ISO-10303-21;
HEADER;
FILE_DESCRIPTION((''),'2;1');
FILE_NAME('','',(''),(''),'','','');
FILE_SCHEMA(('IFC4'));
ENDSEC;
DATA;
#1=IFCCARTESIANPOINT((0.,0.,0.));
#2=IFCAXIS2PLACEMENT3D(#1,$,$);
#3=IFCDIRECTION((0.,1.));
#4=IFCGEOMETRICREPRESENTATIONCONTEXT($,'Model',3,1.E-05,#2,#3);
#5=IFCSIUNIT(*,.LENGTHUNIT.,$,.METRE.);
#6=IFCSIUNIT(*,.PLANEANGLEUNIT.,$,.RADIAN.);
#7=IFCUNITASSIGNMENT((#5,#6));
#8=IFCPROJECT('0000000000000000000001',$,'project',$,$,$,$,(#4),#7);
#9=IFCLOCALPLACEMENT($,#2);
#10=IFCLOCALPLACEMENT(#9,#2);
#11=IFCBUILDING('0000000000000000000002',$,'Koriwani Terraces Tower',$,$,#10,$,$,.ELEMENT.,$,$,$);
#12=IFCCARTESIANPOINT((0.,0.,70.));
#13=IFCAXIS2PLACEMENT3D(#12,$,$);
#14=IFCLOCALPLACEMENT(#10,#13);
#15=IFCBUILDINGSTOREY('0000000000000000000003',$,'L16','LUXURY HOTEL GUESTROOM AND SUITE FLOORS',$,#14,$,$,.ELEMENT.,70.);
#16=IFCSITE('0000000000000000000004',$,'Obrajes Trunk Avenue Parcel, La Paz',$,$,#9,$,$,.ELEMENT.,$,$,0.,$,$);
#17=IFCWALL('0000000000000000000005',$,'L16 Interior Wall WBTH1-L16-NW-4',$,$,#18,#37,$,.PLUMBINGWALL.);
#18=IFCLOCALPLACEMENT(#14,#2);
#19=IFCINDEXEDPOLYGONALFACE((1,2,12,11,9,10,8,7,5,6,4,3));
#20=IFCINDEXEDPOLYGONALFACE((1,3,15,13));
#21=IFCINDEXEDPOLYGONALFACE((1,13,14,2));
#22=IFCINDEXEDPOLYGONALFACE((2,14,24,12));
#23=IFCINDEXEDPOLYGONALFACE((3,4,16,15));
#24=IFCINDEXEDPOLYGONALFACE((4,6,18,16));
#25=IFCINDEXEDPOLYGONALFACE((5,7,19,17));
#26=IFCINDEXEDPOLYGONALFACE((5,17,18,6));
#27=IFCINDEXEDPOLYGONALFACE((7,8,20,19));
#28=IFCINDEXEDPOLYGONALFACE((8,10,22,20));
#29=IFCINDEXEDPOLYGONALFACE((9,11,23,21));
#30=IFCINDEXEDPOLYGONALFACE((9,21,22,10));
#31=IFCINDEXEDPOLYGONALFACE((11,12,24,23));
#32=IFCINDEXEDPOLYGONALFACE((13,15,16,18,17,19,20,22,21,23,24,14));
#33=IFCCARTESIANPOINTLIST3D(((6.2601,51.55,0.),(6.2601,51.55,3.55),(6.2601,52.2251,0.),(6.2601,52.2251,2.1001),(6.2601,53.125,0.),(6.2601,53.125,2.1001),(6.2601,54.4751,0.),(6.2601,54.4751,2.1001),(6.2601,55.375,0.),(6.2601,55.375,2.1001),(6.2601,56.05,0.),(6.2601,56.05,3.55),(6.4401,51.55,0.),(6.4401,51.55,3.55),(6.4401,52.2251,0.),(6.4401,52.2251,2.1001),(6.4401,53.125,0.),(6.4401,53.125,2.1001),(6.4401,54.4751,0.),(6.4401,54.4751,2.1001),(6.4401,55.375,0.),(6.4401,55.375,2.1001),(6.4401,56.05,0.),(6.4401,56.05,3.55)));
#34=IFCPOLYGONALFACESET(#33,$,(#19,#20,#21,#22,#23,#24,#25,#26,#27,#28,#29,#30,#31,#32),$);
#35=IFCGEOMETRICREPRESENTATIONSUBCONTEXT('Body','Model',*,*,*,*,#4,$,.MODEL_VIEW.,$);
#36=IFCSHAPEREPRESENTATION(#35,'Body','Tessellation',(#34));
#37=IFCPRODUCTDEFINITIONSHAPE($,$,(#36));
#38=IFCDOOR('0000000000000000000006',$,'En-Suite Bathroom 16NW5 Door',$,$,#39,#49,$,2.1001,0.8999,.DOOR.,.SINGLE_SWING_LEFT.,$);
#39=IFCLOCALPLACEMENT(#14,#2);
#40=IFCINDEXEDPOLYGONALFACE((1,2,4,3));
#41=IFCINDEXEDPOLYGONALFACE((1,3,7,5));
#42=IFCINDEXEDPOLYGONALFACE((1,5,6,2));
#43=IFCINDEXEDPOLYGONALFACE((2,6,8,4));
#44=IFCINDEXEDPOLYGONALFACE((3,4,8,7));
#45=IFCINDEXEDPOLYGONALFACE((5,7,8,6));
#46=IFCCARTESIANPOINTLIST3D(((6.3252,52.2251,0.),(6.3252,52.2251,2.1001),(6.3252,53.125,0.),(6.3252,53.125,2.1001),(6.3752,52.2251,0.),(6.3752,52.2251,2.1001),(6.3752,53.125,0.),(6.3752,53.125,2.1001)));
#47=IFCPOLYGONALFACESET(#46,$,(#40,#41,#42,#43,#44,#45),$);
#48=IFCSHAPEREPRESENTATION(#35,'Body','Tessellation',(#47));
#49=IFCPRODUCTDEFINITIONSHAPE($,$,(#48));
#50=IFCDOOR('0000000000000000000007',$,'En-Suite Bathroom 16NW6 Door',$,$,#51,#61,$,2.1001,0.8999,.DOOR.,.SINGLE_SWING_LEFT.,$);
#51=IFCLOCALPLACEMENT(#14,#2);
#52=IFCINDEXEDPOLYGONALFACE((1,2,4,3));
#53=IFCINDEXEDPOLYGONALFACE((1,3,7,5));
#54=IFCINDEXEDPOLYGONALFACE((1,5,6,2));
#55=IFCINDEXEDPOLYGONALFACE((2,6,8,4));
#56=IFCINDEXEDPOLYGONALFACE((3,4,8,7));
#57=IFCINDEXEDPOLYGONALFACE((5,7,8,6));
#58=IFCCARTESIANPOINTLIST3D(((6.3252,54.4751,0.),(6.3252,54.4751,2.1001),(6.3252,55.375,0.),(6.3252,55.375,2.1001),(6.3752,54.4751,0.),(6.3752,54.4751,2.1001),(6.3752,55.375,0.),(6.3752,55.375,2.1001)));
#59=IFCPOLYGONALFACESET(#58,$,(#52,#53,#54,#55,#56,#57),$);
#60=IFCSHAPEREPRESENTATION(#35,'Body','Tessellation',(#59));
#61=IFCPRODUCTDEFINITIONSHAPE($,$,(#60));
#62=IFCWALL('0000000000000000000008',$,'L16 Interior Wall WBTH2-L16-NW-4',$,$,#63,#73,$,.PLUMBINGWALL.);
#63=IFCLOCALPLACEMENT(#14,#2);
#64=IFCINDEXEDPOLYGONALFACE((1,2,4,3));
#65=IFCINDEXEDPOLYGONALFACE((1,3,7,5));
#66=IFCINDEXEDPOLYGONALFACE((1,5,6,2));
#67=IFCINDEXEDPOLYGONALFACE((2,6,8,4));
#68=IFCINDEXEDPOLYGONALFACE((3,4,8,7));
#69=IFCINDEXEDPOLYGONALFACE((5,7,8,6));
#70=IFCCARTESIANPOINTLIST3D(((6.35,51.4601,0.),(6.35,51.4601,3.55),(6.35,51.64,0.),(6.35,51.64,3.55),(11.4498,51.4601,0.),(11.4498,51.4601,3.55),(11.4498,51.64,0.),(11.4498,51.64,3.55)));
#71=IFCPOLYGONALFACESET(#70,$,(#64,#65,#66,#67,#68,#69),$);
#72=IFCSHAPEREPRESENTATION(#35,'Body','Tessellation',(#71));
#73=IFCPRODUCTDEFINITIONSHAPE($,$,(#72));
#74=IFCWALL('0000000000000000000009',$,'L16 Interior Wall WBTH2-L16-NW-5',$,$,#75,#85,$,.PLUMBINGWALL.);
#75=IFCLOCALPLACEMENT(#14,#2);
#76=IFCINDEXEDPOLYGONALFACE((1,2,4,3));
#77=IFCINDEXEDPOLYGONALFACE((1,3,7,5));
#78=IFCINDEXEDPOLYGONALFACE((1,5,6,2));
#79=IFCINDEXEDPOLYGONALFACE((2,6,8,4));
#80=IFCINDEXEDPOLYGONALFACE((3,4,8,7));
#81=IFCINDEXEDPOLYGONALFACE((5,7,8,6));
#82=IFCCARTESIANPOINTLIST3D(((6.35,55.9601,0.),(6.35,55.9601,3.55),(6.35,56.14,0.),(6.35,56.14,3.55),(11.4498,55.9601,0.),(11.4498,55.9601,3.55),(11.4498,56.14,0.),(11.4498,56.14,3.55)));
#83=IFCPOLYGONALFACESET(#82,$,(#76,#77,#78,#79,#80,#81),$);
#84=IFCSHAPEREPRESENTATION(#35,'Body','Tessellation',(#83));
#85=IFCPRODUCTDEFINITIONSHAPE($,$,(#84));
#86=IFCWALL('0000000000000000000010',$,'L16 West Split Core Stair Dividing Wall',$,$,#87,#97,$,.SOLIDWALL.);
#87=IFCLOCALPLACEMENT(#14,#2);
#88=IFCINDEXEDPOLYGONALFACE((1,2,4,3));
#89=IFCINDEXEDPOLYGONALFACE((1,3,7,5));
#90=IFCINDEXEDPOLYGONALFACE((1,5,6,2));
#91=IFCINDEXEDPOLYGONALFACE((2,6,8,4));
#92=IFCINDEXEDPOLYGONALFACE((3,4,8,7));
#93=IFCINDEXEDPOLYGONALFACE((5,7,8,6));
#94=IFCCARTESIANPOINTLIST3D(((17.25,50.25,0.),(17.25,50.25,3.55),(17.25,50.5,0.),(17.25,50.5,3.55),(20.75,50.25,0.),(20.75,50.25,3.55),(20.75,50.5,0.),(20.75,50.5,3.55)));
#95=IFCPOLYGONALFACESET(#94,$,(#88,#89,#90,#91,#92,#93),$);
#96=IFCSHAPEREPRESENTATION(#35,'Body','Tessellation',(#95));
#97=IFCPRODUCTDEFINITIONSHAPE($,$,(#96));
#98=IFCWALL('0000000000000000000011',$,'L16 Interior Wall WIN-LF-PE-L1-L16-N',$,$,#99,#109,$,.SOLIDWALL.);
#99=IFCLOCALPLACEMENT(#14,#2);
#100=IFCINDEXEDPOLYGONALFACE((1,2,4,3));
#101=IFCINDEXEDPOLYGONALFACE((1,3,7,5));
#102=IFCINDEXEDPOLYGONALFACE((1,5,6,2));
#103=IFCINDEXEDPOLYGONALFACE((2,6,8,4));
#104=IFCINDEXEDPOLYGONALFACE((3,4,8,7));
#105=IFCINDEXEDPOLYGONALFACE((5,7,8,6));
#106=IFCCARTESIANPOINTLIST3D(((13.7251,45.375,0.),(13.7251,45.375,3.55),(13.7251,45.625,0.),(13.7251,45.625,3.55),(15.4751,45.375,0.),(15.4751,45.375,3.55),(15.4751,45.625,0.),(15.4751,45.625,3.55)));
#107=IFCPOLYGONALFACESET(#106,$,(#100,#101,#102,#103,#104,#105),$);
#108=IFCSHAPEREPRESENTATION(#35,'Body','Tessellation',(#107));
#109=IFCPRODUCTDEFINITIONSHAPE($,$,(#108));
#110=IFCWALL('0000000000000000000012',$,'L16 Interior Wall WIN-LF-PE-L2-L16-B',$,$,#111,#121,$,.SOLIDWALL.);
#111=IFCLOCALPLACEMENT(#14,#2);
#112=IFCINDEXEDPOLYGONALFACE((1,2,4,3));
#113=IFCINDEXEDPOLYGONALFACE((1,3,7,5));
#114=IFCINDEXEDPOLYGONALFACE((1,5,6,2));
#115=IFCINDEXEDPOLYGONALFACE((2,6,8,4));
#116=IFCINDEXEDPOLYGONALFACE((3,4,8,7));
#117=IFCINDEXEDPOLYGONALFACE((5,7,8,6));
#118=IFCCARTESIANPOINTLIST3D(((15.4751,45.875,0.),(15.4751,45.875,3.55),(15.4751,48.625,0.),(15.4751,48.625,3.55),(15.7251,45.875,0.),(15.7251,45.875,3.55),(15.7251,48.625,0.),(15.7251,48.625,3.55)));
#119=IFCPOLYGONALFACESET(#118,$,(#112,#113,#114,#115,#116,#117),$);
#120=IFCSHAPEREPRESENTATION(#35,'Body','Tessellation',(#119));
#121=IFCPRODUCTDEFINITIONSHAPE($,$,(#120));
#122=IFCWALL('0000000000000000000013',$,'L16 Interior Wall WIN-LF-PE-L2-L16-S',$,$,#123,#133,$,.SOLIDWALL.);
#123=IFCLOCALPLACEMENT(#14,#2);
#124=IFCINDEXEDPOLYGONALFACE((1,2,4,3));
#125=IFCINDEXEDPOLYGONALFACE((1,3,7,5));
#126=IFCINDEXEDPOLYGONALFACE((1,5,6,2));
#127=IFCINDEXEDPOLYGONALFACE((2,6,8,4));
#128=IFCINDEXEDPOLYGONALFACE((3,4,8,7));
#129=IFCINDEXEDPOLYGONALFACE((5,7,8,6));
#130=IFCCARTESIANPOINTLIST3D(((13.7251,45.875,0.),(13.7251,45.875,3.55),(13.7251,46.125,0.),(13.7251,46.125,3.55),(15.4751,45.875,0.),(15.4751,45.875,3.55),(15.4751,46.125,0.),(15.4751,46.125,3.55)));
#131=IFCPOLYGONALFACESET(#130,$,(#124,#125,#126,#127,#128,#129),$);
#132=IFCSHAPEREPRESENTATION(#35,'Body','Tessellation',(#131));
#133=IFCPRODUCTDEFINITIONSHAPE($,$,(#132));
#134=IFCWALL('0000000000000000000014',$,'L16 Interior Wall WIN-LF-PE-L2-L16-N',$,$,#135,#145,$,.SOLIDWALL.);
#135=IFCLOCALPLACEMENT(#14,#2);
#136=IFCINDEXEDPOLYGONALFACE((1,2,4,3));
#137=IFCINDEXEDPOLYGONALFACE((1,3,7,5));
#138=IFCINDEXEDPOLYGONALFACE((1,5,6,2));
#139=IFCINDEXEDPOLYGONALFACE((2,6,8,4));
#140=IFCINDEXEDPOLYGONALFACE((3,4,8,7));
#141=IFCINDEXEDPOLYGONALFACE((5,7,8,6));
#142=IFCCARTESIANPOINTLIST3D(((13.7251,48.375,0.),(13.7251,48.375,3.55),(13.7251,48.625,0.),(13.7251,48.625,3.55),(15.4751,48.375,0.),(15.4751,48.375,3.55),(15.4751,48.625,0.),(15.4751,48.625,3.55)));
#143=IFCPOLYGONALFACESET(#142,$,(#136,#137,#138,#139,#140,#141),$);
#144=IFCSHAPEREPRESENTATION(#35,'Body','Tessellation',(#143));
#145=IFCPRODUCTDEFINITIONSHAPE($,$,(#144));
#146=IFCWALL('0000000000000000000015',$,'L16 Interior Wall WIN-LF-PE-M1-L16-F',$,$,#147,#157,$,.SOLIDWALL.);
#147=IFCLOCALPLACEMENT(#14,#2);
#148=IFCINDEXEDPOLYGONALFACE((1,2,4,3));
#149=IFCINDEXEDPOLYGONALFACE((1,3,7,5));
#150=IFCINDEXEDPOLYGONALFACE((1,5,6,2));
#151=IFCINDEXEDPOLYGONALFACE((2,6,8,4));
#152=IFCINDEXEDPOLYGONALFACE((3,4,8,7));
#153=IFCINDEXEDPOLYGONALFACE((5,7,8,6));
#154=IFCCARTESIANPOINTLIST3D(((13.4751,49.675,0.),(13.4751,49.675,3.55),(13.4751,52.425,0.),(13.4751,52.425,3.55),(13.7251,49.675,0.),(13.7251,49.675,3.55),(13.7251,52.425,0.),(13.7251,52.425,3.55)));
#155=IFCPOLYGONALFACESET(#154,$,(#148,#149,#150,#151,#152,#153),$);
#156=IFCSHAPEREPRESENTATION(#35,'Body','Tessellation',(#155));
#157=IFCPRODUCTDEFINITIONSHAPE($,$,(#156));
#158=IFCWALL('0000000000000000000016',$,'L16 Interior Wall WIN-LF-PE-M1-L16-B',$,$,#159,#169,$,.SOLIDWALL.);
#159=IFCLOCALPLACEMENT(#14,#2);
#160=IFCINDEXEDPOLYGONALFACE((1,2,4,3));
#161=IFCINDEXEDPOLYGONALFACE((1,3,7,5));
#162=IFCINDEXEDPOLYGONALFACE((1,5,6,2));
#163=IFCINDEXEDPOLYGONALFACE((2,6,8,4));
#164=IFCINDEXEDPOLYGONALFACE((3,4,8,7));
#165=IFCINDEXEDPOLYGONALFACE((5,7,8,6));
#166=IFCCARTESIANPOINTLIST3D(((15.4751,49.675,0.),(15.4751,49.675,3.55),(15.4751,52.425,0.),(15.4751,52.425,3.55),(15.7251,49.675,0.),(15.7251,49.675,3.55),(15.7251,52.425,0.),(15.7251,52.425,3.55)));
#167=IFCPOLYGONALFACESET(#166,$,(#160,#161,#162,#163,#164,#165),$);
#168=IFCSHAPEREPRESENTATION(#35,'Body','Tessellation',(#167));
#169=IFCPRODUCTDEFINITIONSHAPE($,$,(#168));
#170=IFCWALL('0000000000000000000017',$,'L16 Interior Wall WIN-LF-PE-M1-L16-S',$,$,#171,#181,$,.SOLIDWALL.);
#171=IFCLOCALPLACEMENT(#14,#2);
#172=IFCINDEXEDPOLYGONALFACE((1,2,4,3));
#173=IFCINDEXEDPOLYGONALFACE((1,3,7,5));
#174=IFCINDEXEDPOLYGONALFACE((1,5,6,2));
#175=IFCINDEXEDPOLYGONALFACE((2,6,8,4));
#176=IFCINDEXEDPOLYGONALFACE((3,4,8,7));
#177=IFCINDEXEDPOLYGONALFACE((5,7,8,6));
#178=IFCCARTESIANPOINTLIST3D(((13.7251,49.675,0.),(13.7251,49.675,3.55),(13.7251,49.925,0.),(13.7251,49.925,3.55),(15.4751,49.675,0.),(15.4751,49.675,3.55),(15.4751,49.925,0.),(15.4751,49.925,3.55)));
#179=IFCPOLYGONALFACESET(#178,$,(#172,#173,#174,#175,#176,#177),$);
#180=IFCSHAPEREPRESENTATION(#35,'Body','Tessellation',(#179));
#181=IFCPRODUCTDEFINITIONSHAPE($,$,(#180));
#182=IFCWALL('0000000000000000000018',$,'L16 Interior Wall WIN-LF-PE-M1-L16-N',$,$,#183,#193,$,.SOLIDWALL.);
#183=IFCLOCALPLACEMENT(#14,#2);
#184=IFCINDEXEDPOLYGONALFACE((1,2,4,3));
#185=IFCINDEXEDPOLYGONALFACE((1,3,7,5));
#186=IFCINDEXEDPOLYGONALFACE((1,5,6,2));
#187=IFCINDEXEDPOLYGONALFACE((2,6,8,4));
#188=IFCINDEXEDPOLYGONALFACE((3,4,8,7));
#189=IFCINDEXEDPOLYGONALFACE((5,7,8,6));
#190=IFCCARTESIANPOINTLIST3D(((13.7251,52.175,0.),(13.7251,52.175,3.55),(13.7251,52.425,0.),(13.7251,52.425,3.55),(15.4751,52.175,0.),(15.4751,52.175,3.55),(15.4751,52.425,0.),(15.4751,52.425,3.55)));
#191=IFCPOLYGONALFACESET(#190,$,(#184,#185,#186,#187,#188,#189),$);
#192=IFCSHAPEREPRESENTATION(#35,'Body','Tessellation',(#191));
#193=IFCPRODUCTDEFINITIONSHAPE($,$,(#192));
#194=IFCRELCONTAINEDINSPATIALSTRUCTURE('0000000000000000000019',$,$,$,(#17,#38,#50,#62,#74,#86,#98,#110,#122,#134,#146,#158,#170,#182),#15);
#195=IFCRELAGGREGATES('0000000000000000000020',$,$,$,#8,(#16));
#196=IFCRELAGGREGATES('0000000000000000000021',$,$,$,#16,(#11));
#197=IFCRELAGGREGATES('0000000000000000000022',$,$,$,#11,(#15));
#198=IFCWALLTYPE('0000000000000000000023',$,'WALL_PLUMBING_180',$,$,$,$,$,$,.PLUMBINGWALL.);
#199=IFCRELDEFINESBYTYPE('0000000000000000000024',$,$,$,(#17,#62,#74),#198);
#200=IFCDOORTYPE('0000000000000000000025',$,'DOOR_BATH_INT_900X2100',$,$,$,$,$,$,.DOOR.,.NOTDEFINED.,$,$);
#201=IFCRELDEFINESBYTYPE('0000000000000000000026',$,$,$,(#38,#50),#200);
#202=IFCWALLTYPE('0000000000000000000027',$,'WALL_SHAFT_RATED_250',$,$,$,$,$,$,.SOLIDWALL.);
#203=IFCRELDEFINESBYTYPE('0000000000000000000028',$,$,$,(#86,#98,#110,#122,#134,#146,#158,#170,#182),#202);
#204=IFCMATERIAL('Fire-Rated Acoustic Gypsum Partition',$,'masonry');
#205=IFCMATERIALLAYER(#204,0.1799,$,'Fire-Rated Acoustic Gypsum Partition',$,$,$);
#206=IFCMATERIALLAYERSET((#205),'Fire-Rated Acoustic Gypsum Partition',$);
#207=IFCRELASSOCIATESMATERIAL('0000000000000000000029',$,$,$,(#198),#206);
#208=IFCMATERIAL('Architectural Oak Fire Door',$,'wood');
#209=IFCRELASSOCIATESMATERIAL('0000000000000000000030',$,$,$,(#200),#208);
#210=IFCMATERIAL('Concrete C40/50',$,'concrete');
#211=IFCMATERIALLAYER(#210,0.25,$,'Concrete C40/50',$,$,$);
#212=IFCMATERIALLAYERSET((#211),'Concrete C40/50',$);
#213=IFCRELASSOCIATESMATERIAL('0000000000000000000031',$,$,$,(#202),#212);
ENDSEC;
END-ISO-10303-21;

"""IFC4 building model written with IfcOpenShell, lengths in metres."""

from ifc_helpers import new_model, si_unit, direction, frame, frame_2d, origin, place, context, subcontext, project, spatial, rectangle, extrude, material, layer, layer_set, type_object, element, fill, save


model = new_model("IFC4")

# Units and contexts
model_context = context("Model", 3, precision=1e-05, world=origin(), true_north=direction((0.0, 1.0)))
body_context = subcontext(model_context, "Body", "Model", "MODEL_VIEW")
ifc_project = project(units=[si_unit("LENGTHUNIT", "METRE"), si_unit("PLANEANGLEUNIT", "RADIAN")], contexts=[model_context])

# Site, building, storey
site_placement = place(None, origin())
site = spatial("IfcSite", under=ifc_project, at=site_placement, Name="Obrajes Trunk Avenue Parcel, La Paz", CompositionType="ELEMENT", RefElevation=0.0)
building_placement = place(site_placement, origin())
building = spatial("IfcBuilding", under=site, at=building_placement, Name="Koriwani Terraces Tower", CompositionType="ELEMENT")
storey_placement = place(building_placement, frame((0.0, 0.0, 70.0)))
storey = spatial("IfcBuildingStorey", under=building, at=storey_placement, Name="L16", Description="LUXURY HOTEL GUESTROOM AND SUITE FLOORS", CompositionType="ELEMENT", Elevation=70.0)

# Shared definitions
ifc_material_1 = material(Name="Concrete C40/50", Category="concrete")

# Wall, openings, doors
ifc_material_2 = material(Name="Fire-Rated Acoustic Gypsum Partition", Category="masonry")
ifc_layer_1 = layer(ifc_material_2, 0.1799, Name="Fire-Rated Acoustic Gypsum Partition")
ifc_layer_set_1 = layer_set([ifc_layer_1], Name="Fire-Rated Acoustic Gypsum Partition")
wall_type_1 = type_object("IfcWallType", Name="WALL_PLUMBING_180", PredefinedType="PLUMBINGWALL", material=ifc_layer_set_1)
wall_1_placement = place(storey_placement, frame((6.3501, 51.55, 0.0), z_axis=(0.0, 0.0, 1.0), x_axis=(0.0, 1.0, 0.0)))
wall_1 = element("IfcWall", 1, at=wall_1_placement, inside=storey, type_object=wall_type_1, Name="L16 Interior Wall WBTH1-L16-NW-4", PredefinedType="PLUMBINGWALL", context=body_context, shape_type="SweptSolid", body=[
    extrude(rectangle(XDim=4.5, YDim=0.1799, at=frame_2d((2.25, 0.0))), origin(), (0.0, 0.0, 1.0), 3.55),
])
opening_1_placement = place(wall_1_placement, frame((0.675, 0.0, 0.0)))
opening_1 = element("IfcOpeningElement", 2, at=opening_1_placement, cuts=wall_1, PredefinedType="OPENING", context=body_context, shape_type="SweptSolid", body=[
    extrude(rectangle(XDim=0.8999, YDim=2.1001, at=frame_2d((0.45, 1.05))), frame((0.0, 0.1001, 0.0), z_axis=(0.0, -1.0, 0.0), x_axis=(1.0, 0.0, 0.0)), (0.0, 0.0, 1.0), 0.2),
])
opening_2_placement = place(wall_1_placement, frame((2.925, 0.0, 0.0)))
opening_2 = element("IfcOpeningElement", 3, at=opening_2_placement, cuts=wall_1, PredefinedType="OPENING", context=body_context, shape_type="SweptSolid", body=[
    extrude(rectangle(XDim=0.8999, YDim=2.1001, at=frame_2d((0.45, 1.05))), frame((0.0, 0.1001, 0.0), z_axis=(0.0, -1.0, 0.0), x_axis=(1.0, 0.0, 0.0)), (0.0, 0.0, 1.0), 0.2),
])
ifc_material_3 = material(Name="Architectural Oak Fire Door", Category="wood")
door_type_1 = type_object("IfcDoorType", Name="DOOR_BATH_INT_900X2100", OperationType="NOTDEFINED", PredefinedType="DOOR", material=ifc_material_3)
door_1_placement = place(opening_1_placement, origin())
door_1 = element("IfcDoor", 4, at=door_1_placement, inside=storey, type_object=door_type_1, Name="En-Suite Bathroom 16NW5 Door", OperationType="SINGLE_SWING_LEFT", OverallHeight=2.1001, OverallWidth=0.8999, PredefinedType="DOOR", context=body_context, shape_type="SweptSolid", body=[
    extrude(rectangle(XDim=0.8999, YDim=2.1001, at=frame_2d((0.45, 1.05))), frame((0.0, 0.0249, 0.0), z_axis=(0.0, -1.0, 0.0), x_axis=(1.0, 0.0, 0.0)), (0.0, 0.0, 1.0), 0.05),
])
fill(opening_1, door_1)
door_2_placement = place(opening_2_placement, origin())
door_2 = element("IfcDoor", 5, at=door_2_placement, inside=storey, type_object=door_type_1, Name="En-Suite Bathroom 16NW6 Door", OperationType="SINGLE_SWING_LEFT", OverallHeight=2.1001, OverallWidth=0.8999, PredefinedType="DOOR", context=body_context, shape_type="SweptSolid", body=[
    extrude(rectangle(XDim=0.8999, YDim=2.1001, at=frame_2d((0.45, 1.05))), frame((0.0, 0.0249, 0.0), z_axis=(0.0, -1.0, 0.0), x_axis=(1.0, 0.0, 0.0)), (0.0, 0.0, 1.0), 0.05),
])
fill(opening_2, door_2)

# Walls
for number, where, z_axis, x_axis, name in (
    (6, (6.3501, 51.55, 0.0), (0.0, 0.0, 1.0), (1.0, 0.0, 0.0), "L16 Interior Wall WBTH2-L16-NW-4"),
    (7, (6.3501, 56.05, 0.0), (0.0, 0.0, 1.0), (1.0, 0.0, 0.0), "L16 Interior Wall WBTH2-L16-NW-5"),
):
    element("IfcWall", number, at=place(storey_placement, frame(where, z_axis=z_axis, x_axis=x_axis)), inside=storey, type_object=wall_type_1, Name=name, PredefinedType="PLUMBINGWALL", context=body_context, shape_type="SweptSolid", body=[
        extrude(rectangle(XDim=5.0999, YDim=0.1799, at=frame_2d((2.5498, 0.0))), origin(), (0.0, 0.0, 1.0), 3.55),
    ])
ifc_layer_2 = layer(ifc_material_1, 0.25, Name="Concrete C40/50")
ifc_layer_set_2 = layer_set([ifc_layer_2], Name="Concrete C40/50")
wall_type_2 = type_object("IfcWallType", Name="WALL_SHAFT_RATED_250", PredefinedType="SOLIDWALL", material=ifc_layer_set_2)
wall_2_placement = place(storey_placement, frame((17.25, 50.375, 0.0), z_axis=(0.0, 0.0, 1.0), x_axis=(1.0, 0.0, 0.0)))
element("IfcWall", 8, at=wall_2_placement, inside=storey, type_object=wall_type_2, Name="L16 West Split Core Stair Dividing Wall", PredefinedType="SOLIDWALL", context=body_context, shape_type="SweptSolid", body=[
    extrude(rectangle(XDim=3.5, YDim=0.25, at=frame_2d((1.75, 0.0))), origin(), (0.0, 0.0, 1.0), 3.55),
])

# Wall
wall_3_placement = place(storey_placement, frame((13.7251, 45.5, 0.0), z_axis=(0.0, 0.0, 1.0), x_axis=(1.0, 0.0, 0.0)))
element("IfcWall", 9, at=wall_3_placement, inside=storey, type_object=wall_type_2, Name="L16 Interior Wall WIN-LF-PE-L1-L16-N", PredefinedType="SOLIDWALL", context=body_context, shape_type="SweptSolid", body=[
    extrude(rectangle(XDim=1.75, YDim=0.25, at=frame_2d((0.875, 0.0))), origin(), (0.0, 0.0, 1.0), 3.55),
])

# Walls
wall_4_placement = place(storey_placement, frame((15.6001, 45.875, 0.0), z_axis=(0.0, 0.0, 1.0), x_axis=(0.0, 1.0, 0.0)))
element("IfcWall", 10, at=wall_4_placement, inside=storey, type_object=wall_type_2, Name="L16 Interior Wall WIN-LF-PE-L2-L16-B", PredefinedType="SOLIDWALL", context=body_context, shape_type="SweptSolid", body=[
    extrude(rectangle(XDim=2.75, YDim=0.25, at=frame_2d((1.375, 0.0))), origin(), (0.0, 0.0, 1.0), 3.55),
])
for number, where, z_axis, x_axis, name in (
    (11, (13.7251, 46.0, 0.0), (0.0, 0.0, 1.0), (1.0, 0.0, 0.0), "L16 Interior Wall WIN-LF-PE-L2-L16-S"),
    (12, (13.7251, 48.5, 0.0), (0.0, 0.0, 1.0), (1.0, 0.0, 0.0), "L16 Interior Wall WIN-LF-PE-L2-L16-N"),
):
    element("IfcWall", number, at=place(storey_placement, frame(where, z_axis=z_axis, x_axis=x_axis)), inside=storey, type_object=wall_type_2, Name=name, PredefinedType="SOLIDWALL", context=body_context, shape_type="SweptSolid", body=[
        extrude(rectangle(XDim=1.75, YDim=0.25, at=frame_2d((0.875, 0.0))), origin(), (0.0, 0.0, 1.0), 3.55),
    ])
for number, where, z_axis, x_axis, name in (
    (13, (13.6001, 49.675, 0.0), (0.0, 0.0, 1.0), (0.0, 1.0, 0.0), "L16 Interior Wall WIN-LF-PE-M1-L16-F"),
    (14, (15.6001, 49.675, 0.0), (0.0, 0.0, 1.0), (0.0, 1.0, 0.0), "L16 Interior Wall WIN-LF-PE-M1-L16-B"),
):
    element("IfcWall", number, at=place(storey_placement, frame(where, z_axis=z_axis, x_axis=x_axis)), inside=storey, type_object=wall_type_2, Name=name, PredefinedType="SOLIDWALL", context=body_context, shape_type="SweptSolid", body=[
        extrude(rectangle(XDim=2.75, YDim=0.25, at=frame_2d((1.375, 0.0))), origin(), (0.0, 0.0, 1.0), 3.55),
    ])
for number, where, z_axis, x_axis, name in (
    (15, (13.7251, 49.8, 0.0), (0.0, 0.0, 1.0), (1.0, 0.0, 0.0), "L16 Interior Wall WIN-LF-PE-M1-L16-S"),
    (16, (13.7251, 52.3, 0.0), (0.0, 0.0, 1.0), (1.0, 0.0, 0.0), "L16 Interior Wall WIN-LF-PE-M1-L16-N"),
):
    element("IfcWall", number, at=place(storey_placement, frame(where, z_axis=z_axis, x_axis=x_axis)), inside=storey, type_object=wall_type_2, Name=name, PredefinedType="SOLIDWALL", context=body_context, shape_type="SweptSolid", body=[
        extrude(rectangle(XDim=1.75, YDim=0.25, at=frame_2d((0.875, 0.0))), origin(), (0.0, 0.0, 1.0), 3.55),
    ])

save(model, "model.ifc")
